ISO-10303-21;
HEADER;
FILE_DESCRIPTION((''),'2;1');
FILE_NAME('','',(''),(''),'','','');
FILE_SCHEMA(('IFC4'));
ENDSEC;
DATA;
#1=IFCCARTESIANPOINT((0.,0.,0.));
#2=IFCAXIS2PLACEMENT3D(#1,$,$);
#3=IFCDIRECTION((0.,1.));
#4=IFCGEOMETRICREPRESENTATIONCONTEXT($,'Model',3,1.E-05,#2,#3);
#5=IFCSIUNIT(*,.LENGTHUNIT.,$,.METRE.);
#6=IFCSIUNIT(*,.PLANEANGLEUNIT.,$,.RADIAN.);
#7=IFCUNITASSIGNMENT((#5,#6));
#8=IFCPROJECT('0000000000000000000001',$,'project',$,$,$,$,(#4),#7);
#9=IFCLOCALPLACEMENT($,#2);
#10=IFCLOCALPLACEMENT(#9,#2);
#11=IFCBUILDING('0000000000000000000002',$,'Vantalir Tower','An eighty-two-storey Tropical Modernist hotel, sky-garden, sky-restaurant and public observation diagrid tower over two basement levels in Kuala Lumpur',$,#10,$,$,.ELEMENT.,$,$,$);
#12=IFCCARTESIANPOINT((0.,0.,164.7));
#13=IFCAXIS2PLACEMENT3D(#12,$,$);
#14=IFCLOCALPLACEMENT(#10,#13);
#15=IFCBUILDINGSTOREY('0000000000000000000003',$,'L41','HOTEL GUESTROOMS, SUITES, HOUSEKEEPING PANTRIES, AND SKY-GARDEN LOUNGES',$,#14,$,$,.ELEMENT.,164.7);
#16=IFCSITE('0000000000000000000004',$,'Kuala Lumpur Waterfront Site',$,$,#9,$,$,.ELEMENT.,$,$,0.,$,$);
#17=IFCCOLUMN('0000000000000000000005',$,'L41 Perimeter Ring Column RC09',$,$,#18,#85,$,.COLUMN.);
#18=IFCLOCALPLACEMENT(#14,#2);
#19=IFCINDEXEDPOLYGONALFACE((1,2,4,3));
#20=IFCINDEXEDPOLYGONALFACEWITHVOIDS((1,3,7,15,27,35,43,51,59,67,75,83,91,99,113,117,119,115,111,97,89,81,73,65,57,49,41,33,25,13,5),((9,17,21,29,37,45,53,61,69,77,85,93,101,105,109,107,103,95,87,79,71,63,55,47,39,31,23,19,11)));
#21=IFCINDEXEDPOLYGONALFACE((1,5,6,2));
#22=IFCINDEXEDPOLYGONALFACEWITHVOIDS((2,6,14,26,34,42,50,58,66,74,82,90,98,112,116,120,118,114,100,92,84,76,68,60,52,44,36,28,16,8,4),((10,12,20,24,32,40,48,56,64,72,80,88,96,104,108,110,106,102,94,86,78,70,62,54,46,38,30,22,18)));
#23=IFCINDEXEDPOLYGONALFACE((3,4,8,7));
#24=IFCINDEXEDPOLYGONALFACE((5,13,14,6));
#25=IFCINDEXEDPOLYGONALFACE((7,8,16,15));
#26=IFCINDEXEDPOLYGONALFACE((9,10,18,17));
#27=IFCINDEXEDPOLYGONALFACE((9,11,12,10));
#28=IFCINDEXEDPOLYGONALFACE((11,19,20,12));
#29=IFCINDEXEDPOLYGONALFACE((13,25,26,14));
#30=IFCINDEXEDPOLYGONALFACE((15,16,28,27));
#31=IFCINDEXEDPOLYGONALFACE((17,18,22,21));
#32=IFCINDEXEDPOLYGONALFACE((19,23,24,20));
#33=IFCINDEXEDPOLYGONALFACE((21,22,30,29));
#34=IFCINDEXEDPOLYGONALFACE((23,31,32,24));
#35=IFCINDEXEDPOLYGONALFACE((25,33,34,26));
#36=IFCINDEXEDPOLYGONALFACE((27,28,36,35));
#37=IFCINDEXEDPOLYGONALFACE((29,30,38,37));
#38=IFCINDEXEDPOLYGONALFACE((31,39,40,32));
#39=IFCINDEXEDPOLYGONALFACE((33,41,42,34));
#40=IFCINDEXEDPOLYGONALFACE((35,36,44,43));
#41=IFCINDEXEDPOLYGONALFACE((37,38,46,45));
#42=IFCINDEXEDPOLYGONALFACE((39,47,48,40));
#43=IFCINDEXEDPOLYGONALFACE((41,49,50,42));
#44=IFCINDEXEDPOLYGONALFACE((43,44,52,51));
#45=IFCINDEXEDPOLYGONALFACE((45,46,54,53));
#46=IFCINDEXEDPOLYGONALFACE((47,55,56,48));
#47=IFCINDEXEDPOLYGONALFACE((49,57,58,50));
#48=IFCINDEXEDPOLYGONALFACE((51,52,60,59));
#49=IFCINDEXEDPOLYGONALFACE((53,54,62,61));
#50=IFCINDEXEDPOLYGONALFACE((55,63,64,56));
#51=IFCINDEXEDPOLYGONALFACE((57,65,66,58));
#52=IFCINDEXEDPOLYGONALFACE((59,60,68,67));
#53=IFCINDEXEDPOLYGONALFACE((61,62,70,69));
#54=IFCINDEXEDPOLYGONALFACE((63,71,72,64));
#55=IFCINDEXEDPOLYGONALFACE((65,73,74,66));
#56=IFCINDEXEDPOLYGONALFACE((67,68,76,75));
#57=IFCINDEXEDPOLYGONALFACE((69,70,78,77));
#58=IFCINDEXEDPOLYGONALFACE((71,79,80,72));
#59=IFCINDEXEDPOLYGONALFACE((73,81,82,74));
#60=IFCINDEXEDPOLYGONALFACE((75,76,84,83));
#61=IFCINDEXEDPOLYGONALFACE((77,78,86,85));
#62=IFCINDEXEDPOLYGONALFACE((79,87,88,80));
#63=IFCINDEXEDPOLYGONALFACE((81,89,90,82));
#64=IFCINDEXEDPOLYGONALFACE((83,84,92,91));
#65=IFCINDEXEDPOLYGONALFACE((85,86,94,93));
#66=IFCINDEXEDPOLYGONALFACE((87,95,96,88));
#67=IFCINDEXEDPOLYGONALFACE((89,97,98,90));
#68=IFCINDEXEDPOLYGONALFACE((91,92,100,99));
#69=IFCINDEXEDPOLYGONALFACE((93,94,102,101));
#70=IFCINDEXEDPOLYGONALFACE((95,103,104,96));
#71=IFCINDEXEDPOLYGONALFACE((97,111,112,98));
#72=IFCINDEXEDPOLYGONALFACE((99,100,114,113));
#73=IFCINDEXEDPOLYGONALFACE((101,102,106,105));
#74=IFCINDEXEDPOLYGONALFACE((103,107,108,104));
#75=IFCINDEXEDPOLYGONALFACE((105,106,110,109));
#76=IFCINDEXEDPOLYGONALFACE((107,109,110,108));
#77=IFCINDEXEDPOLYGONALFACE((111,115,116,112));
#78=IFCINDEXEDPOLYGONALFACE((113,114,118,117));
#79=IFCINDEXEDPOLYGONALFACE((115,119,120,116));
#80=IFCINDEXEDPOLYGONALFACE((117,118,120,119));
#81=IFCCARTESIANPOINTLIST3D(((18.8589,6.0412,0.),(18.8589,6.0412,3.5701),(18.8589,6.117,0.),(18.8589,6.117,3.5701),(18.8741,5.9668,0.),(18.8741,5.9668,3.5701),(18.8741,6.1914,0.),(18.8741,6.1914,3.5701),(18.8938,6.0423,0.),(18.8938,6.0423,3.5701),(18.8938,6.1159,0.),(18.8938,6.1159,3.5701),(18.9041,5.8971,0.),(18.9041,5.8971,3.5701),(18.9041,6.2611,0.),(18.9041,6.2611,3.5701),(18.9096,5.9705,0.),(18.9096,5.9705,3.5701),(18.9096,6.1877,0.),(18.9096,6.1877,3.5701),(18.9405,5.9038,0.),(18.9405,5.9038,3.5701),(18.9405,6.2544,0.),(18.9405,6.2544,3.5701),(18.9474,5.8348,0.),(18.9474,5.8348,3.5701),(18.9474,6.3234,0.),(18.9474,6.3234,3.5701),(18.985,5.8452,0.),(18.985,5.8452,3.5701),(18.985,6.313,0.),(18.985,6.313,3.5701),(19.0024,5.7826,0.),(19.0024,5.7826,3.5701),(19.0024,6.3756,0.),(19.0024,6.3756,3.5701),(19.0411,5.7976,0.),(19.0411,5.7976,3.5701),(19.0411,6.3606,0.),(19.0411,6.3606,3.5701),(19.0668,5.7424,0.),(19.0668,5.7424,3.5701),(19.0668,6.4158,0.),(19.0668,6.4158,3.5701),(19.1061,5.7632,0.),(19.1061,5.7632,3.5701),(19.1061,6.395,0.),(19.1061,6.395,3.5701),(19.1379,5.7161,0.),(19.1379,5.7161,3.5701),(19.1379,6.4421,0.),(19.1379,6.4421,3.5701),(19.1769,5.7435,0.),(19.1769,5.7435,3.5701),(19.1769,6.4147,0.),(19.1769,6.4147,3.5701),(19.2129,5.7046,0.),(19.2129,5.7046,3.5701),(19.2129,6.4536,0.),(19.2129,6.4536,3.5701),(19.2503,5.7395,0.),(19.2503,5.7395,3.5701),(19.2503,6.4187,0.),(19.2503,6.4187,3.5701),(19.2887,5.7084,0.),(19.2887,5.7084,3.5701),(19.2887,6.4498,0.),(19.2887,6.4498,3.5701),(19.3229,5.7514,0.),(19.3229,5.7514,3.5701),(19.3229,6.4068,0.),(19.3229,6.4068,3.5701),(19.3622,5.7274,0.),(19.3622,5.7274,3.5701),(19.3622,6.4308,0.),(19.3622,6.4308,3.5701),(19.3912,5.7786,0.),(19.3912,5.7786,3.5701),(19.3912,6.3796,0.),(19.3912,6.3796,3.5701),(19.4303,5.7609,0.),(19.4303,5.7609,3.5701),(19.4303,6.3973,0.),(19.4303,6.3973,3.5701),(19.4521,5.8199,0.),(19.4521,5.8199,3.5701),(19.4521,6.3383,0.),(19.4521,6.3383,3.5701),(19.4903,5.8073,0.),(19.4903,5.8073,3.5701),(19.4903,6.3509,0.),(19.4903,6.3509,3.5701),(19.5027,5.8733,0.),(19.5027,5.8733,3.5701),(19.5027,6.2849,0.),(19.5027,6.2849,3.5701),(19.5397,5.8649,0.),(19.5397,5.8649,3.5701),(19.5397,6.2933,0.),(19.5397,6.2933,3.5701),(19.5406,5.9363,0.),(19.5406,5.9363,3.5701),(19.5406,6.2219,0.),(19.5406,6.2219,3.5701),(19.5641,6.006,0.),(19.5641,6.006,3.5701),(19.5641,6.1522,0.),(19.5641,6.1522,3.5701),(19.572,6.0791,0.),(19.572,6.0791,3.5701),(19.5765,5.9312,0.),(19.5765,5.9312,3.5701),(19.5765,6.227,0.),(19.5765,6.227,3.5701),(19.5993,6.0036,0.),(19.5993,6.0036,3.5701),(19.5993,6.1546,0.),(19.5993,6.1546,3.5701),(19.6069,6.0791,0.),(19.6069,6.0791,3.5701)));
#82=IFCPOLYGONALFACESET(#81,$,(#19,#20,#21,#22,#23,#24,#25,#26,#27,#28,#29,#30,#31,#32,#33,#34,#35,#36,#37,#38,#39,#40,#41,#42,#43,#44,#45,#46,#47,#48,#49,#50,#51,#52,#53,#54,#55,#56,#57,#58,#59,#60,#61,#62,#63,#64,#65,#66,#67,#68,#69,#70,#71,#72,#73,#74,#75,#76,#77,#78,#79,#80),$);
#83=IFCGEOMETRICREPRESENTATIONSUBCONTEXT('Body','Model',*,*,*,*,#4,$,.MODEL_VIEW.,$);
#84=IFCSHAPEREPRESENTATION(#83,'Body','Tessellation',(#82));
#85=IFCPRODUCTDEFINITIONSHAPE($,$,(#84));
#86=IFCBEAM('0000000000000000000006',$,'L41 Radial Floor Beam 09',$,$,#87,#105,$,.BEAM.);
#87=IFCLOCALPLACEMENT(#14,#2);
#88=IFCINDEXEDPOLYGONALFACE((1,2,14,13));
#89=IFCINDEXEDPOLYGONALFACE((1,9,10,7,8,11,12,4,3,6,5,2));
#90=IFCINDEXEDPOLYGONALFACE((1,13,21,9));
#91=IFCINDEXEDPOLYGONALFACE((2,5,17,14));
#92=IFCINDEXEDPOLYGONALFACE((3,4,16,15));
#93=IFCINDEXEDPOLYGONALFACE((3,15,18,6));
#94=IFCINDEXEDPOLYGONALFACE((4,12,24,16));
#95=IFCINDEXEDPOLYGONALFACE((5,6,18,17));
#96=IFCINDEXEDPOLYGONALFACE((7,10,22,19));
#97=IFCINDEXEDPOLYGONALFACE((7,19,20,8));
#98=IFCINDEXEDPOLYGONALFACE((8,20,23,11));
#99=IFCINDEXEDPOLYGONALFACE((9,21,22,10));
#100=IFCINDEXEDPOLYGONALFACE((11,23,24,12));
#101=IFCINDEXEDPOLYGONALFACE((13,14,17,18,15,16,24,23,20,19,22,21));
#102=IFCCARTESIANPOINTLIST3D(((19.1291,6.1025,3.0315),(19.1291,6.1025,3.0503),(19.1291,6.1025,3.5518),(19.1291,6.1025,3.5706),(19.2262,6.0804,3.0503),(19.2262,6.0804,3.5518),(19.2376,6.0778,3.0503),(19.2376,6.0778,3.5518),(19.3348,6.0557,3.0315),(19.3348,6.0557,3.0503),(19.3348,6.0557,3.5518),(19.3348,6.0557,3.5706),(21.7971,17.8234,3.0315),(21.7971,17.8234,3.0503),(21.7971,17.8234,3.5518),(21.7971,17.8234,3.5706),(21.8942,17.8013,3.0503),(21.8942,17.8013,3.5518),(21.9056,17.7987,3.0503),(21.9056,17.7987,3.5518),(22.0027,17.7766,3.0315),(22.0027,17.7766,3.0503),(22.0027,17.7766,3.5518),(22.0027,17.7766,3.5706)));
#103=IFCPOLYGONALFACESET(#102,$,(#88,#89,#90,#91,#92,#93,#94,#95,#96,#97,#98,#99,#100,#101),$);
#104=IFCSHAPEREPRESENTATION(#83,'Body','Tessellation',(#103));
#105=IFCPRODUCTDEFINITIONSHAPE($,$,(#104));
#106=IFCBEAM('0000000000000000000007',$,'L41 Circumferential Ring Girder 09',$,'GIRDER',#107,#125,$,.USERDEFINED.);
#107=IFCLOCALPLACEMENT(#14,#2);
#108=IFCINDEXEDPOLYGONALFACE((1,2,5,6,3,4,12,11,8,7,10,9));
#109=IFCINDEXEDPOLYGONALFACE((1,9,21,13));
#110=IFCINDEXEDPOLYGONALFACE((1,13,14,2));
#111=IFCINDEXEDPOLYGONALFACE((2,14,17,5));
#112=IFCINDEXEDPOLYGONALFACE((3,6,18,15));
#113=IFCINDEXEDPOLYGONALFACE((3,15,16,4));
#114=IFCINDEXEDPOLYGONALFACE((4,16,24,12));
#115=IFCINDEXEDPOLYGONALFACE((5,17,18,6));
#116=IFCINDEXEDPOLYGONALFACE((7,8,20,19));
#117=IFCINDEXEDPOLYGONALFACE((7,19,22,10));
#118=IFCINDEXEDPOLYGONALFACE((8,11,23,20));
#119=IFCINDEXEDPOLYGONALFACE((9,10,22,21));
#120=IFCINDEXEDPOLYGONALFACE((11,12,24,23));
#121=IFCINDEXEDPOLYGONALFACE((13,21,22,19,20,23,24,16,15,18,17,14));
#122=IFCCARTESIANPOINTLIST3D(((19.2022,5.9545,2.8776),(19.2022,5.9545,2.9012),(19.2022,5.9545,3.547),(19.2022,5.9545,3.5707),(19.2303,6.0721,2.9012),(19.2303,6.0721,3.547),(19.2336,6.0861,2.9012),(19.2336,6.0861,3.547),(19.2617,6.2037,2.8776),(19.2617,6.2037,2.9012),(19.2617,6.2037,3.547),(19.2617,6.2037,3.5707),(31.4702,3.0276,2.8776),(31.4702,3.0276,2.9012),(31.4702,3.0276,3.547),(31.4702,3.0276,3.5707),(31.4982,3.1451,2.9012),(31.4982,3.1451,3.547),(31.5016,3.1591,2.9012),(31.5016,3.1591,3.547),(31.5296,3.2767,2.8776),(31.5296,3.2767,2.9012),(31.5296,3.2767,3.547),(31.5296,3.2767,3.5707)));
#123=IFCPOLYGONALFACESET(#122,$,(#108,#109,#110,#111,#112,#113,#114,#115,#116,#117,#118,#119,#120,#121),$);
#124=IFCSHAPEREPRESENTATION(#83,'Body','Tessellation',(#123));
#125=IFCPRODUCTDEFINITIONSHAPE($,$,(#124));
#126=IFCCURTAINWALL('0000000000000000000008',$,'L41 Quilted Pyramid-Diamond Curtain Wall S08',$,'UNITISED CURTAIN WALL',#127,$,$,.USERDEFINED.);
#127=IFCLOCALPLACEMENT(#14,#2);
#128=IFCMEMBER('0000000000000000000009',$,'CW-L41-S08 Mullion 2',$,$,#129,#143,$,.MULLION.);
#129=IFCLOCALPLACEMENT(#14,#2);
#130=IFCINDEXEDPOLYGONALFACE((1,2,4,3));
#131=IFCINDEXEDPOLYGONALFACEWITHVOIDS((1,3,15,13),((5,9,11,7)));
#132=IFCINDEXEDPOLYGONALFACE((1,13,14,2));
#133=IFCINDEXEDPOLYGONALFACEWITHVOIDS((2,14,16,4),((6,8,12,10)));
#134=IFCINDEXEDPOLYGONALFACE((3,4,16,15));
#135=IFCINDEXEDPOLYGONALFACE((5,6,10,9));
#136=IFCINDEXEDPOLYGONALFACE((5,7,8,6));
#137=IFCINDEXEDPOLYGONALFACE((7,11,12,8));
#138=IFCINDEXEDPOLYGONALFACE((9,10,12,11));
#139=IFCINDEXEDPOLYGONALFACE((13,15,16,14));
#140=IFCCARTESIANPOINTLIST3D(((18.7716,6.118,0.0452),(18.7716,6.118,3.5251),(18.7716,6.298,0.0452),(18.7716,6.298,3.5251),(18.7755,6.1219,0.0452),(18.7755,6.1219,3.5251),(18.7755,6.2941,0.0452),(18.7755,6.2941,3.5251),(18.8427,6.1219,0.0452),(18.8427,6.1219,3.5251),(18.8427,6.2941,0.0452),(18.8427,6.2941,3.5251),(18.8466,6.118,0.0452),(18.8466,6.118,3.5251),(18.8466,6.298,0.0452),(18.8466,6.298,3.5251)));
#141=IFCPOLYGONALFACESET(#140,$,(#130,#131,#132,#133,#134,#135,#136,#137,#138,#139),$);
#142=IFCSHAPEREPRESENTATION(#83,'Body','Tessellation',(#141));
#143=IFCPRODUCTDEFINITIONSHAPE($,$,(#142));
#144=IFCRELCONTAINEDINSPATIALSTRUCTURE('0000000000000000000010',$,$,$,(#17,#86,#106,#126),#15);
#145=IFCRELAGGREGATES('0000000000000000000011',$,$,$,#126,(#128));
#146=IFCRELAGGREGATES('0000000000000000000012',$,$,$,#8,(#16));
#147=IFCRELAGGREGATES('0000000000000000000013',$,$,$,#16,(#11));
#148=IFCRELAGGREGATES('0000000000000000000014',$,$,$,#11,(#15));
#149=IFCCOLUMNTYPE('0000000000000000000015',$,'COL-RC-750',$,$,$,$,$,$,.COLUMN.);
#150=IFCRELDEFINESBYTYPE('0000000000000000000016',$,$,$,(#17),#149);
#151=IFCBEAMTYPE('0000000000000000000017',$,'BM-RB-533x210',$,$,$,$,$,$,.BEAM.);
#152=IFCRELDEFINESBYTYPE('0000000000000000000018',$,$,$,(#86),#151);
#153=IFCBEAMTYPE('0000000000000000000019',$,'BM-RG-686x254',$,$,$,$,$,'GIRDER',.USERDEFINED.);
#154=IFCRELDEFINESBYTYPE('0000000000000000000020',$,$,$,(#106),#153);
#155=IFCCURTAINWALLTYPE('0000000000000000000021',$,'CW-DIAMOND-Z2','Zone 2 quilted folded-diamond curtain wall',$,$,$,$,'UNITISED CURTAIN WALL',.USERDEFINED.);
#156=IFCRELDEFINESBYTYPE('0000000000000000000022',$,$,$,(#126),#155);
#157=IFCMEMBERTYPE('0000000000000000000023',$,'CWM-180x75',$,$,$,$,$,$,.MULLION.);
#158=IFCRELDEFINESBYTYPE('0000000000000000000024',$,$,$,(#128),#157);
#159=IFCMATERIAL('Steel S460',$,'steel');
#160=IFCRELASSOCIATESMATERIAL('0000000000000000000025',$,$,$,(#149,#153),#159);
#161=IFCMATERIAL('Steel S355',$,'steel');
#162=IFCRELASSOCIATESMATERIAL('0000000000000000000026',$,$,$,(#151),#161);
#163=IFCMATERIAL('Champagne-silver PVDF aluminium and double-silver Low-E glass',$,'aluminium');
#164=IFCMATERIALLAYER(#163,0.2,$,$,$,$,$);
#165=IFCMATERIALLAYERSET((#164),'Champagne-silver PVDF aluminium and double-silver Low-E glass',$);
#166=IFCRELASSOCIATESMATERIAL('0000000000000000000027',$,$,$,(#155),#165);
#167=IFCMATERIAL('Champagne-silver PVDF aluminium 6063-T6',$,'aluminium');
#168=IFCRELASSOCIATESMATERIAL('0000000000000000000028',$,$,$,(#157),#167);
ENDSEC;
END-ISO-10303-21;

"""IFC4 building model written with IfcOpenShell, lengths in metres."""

from ifc_helpers import new_model, si_unit, direction, frame, origin, origin_2d, place, context, subcontext, project, spatial, hollow_rectangle, hollow_circle, i_section, extrude, material, layer, layer_set, material_profile, profile_set, type_object, element, aggregate, save


model = new_model("IFC4")

# Units and contexts
model_context = context("Model", 3, precision=1e-05, world=origin(), true_north=direction((0.0, 1.0)))
body_context = subcontext(model_context, "Body", "Model", "MODEL_VIEW")
ifc_project = project(units=[si_unit("LENGTHUNIT", "METRE"), si_unit("PLANEANGLEUNIT", "RADIAN")], contexts=[model_context])

# Site, building, storey
site_placement = place(None, origin())
site = spatial("IfcSite", under=ifc_project, at=site_placement, Name="Kuala Lumpur Waterfront Site", CompositionType="ELEMENT", RefElevation=0.0)
building_placement = place(site_placement, origin())
building = spatial("IfcBuilding", under=site, at=building_placement, Name="Vantalir Tower", Description="An eighty-two-storey Tropical Modernist hotel, sky-garden, sky-restaurant and public observation diagrid tower over two basement levels in Kuala Lumpur", CompositionType="ELEMENT")
storey_placement = place(building_placement, frame((0.0, 0.0, 164.7)))
storey = spatial("IfcBuildingStorey", under=building, at=storey_placement, Name="L41", Description="HOTEL GUESTROOMS, SUITES, HOUSEKEEPING PANTRIES, AND SKY-GARDEN LOUNGES", CompositionType="ELEMENT", Elevation=164.7)

# Column
ifc_material_1 = material(Name="Steel S460", Category="steel")
ifc_material_profile_1 = material_profile(ifc_material_1, hollow_circle(Radius=0.375, WallThickness=0.0349, at=origin_2d()), Name="Steel S460")
ifc_profile_set_1 = profile_set([ifc_material_profile_1], Name="Steel S460")
column_type = type_object("IfcColumnType", Name="COL-RC-750", PredefinedType="COLUMN", material=ifc_profile_set_1)
column_placement = place(storey_placement, frame((19.2319, 6.0791, 0.0), z_axis=(0.0, 0.0, 1.0), x_axis=(1.0, 0.0, 0.0)))
element("IfcColumn", 1, at=column_placement, inside=storey, type_object=column_type, Name="L41 Perimeter Ring Column RC09", PredefinedType="COLUMN", context=body_context, shape_type="SweptSolid", body=[
    extrude(hollow_circle(Radius=0.375, WallThickness=0.0349, at=origin_2d()), origin(), (0.0, 0.0, 1.0), 3.5701),
])

# Beams
ifc_material_2 = material(Name="Steel S355", Category="steel")
ifc_material_profile_2 = material_profile(ifc_material_2, i_section(OverallWidth=0.2109, OverallDepth=0.5391, WebThickness=0.0117, FlangeThickness=0.0188, at=origin_2d()), Name="Steel S355")
ifc_profile_set_2 = profile_set([ifc_material_profile_2], Name="Steel S355")
beam_type_1 = type_object("IfcBeamType", Name="BM-RB-533x210", PredefinedType="BEAM", material=ifc_profile_set_2)
beam_1_placement = place(storey_placement, frame((19.2319, 6.0791, 3.301), z_axis=(0.221947, 0.975059, 0.0), x_axis=(-0.975059, 0.221947, 0.0)))
element("IfcBeam", 2, at=beam_1_placement, inside=storey, type_object=beam_type_1, Name="L41 Radial Floor Beam 09", PredefinedType="BEAM", context=body_context, shape_type="SweptSolid", body=[
    extrude(i_section(OverallWidth=0.2109, OverallDepth=0.5391, WebThickness=0.0117, FlangeThickness=0.0188, at=origin_2d()), origin(), (0.0, 0.0, 1.0), 12.0208),
])
ifc_material_profile_3 = material_profile(ifc_material_1, i_section(OverallWidth=0.2561, OverallDepth=0.6931, WebThickness=0.0144, FlangeThickness=0.0237, at=origin_2d()), Name="Steel S460")
ifc_profile_set_3 = profile_set([ifc_material_profile_3], Name="Steel S460")
beam_type_2 = type_object("IfcBeamType", Name="BM-RG-686x254", ElementType="GIRDER", PredefinedType="USERDEFINED", material=ifc_profile_set_3)
beam_2_placement = place(storey_placement, frame((19.2319, 6.0791, 3.2241), z_axis=(0.972698, -0.232073, 0.0), x_axis=(0.232073, 0.972698, 0.0)))
element("IfcBeam", 3, at=beam_2_placement, inside=storey, type_object=beam_type_2, Name="L41 Circumferential Ring Girder 09", ObjectType="GIRDER", PredefinedType="USERDEFINED", context=body_context, shape_type="SweptSolid", body=[
    extrude(i_section(OverallWidth=0.2561, OverallDepth=0.6931, WebThickness=0.0144, FlangeThickness=0.0237, at=origin_2d()), origin(), (0.0, 0.0, 1.0), 12.6123),
])

# Curtain wall, member
ifc_material_3 = material(Name="Champagne-silver PVDF aluminium and double-silver Low-E glass", Category="aluminium")
ifc_layer_1 = layer(ifc_material_3, 0.2)
ifc_layer_set_1 = layer_set([ifc_layer_1], Name="Champagne-silver PVDF aluminium and double-silver Low-E glass")
curtain_wall_type = type_object("IfcCurtainWallType", Name="CW-DIAMOND-Z2", Description="Zone 2 quilted folded-diamond curtain wall", ElementType="UNITISED CURTAIN WALL", PredefinedType="USERDEFINED", material=ifc_layer_set_1)
curtain_wall_placement = place(storey_placement, origin())
curtain_wall = element("IfcCurtainWall", 4, at=curtain_wall_placement, inside=storey, type_object=curtain_wall_type, Name="L41 Quilted Pyramid-Diamond Curtain Wall S08", ObjectType="UNITISED CURTAIN WALL", PredefinedType="USERDEFINED")
ifc_material_4 = material(Name="Champagne-silver PVDF aluminium 6063-T6", Category="aluminium")
ifc_material_profile_4 = material_profile(ifc_material_4, hollow_rectangle(XDim=0.075, YDim=0.1799, WallThickness=0.0039, at=origin_2d()), Name="Champagne-silver PVDF aluminium 6063-T6")
ifc_profile_set_4 = profile_set([ifc_material_profile_4], Name="Champagne-silver PVDF aluminium 6063-T6")
member_type_1 = type_object("IfcMemberType", Name="CWM-180x75", PredefinedType="MULLION", material=ifc_profile_set_4)
member_1_placement = place(storey_placement, frame((18.8091, 6.208, 0.0452), z_axis=(0.0, 0.0, 1.0), x_axis=(1.0, 0.0, 0.0)))
member_1 = element("IfcMember", 5, at=member_1_placement, type_object=member_type_1, Name="CW-L41-S08 Mullion 2", PredefinedType="MULLION", context=body_context, shape_type="SweptSolid", body=[
    extrude(hollow_rectangle(XDim=0.075, YDim=0.1799, WallThickness=0.0039, at=origin_2d()), origin(), (0.0, 0.0, 1.0), 3.48),
])
aggregate(curtain_wall, [member_1])

save(model, "model.ifc")
